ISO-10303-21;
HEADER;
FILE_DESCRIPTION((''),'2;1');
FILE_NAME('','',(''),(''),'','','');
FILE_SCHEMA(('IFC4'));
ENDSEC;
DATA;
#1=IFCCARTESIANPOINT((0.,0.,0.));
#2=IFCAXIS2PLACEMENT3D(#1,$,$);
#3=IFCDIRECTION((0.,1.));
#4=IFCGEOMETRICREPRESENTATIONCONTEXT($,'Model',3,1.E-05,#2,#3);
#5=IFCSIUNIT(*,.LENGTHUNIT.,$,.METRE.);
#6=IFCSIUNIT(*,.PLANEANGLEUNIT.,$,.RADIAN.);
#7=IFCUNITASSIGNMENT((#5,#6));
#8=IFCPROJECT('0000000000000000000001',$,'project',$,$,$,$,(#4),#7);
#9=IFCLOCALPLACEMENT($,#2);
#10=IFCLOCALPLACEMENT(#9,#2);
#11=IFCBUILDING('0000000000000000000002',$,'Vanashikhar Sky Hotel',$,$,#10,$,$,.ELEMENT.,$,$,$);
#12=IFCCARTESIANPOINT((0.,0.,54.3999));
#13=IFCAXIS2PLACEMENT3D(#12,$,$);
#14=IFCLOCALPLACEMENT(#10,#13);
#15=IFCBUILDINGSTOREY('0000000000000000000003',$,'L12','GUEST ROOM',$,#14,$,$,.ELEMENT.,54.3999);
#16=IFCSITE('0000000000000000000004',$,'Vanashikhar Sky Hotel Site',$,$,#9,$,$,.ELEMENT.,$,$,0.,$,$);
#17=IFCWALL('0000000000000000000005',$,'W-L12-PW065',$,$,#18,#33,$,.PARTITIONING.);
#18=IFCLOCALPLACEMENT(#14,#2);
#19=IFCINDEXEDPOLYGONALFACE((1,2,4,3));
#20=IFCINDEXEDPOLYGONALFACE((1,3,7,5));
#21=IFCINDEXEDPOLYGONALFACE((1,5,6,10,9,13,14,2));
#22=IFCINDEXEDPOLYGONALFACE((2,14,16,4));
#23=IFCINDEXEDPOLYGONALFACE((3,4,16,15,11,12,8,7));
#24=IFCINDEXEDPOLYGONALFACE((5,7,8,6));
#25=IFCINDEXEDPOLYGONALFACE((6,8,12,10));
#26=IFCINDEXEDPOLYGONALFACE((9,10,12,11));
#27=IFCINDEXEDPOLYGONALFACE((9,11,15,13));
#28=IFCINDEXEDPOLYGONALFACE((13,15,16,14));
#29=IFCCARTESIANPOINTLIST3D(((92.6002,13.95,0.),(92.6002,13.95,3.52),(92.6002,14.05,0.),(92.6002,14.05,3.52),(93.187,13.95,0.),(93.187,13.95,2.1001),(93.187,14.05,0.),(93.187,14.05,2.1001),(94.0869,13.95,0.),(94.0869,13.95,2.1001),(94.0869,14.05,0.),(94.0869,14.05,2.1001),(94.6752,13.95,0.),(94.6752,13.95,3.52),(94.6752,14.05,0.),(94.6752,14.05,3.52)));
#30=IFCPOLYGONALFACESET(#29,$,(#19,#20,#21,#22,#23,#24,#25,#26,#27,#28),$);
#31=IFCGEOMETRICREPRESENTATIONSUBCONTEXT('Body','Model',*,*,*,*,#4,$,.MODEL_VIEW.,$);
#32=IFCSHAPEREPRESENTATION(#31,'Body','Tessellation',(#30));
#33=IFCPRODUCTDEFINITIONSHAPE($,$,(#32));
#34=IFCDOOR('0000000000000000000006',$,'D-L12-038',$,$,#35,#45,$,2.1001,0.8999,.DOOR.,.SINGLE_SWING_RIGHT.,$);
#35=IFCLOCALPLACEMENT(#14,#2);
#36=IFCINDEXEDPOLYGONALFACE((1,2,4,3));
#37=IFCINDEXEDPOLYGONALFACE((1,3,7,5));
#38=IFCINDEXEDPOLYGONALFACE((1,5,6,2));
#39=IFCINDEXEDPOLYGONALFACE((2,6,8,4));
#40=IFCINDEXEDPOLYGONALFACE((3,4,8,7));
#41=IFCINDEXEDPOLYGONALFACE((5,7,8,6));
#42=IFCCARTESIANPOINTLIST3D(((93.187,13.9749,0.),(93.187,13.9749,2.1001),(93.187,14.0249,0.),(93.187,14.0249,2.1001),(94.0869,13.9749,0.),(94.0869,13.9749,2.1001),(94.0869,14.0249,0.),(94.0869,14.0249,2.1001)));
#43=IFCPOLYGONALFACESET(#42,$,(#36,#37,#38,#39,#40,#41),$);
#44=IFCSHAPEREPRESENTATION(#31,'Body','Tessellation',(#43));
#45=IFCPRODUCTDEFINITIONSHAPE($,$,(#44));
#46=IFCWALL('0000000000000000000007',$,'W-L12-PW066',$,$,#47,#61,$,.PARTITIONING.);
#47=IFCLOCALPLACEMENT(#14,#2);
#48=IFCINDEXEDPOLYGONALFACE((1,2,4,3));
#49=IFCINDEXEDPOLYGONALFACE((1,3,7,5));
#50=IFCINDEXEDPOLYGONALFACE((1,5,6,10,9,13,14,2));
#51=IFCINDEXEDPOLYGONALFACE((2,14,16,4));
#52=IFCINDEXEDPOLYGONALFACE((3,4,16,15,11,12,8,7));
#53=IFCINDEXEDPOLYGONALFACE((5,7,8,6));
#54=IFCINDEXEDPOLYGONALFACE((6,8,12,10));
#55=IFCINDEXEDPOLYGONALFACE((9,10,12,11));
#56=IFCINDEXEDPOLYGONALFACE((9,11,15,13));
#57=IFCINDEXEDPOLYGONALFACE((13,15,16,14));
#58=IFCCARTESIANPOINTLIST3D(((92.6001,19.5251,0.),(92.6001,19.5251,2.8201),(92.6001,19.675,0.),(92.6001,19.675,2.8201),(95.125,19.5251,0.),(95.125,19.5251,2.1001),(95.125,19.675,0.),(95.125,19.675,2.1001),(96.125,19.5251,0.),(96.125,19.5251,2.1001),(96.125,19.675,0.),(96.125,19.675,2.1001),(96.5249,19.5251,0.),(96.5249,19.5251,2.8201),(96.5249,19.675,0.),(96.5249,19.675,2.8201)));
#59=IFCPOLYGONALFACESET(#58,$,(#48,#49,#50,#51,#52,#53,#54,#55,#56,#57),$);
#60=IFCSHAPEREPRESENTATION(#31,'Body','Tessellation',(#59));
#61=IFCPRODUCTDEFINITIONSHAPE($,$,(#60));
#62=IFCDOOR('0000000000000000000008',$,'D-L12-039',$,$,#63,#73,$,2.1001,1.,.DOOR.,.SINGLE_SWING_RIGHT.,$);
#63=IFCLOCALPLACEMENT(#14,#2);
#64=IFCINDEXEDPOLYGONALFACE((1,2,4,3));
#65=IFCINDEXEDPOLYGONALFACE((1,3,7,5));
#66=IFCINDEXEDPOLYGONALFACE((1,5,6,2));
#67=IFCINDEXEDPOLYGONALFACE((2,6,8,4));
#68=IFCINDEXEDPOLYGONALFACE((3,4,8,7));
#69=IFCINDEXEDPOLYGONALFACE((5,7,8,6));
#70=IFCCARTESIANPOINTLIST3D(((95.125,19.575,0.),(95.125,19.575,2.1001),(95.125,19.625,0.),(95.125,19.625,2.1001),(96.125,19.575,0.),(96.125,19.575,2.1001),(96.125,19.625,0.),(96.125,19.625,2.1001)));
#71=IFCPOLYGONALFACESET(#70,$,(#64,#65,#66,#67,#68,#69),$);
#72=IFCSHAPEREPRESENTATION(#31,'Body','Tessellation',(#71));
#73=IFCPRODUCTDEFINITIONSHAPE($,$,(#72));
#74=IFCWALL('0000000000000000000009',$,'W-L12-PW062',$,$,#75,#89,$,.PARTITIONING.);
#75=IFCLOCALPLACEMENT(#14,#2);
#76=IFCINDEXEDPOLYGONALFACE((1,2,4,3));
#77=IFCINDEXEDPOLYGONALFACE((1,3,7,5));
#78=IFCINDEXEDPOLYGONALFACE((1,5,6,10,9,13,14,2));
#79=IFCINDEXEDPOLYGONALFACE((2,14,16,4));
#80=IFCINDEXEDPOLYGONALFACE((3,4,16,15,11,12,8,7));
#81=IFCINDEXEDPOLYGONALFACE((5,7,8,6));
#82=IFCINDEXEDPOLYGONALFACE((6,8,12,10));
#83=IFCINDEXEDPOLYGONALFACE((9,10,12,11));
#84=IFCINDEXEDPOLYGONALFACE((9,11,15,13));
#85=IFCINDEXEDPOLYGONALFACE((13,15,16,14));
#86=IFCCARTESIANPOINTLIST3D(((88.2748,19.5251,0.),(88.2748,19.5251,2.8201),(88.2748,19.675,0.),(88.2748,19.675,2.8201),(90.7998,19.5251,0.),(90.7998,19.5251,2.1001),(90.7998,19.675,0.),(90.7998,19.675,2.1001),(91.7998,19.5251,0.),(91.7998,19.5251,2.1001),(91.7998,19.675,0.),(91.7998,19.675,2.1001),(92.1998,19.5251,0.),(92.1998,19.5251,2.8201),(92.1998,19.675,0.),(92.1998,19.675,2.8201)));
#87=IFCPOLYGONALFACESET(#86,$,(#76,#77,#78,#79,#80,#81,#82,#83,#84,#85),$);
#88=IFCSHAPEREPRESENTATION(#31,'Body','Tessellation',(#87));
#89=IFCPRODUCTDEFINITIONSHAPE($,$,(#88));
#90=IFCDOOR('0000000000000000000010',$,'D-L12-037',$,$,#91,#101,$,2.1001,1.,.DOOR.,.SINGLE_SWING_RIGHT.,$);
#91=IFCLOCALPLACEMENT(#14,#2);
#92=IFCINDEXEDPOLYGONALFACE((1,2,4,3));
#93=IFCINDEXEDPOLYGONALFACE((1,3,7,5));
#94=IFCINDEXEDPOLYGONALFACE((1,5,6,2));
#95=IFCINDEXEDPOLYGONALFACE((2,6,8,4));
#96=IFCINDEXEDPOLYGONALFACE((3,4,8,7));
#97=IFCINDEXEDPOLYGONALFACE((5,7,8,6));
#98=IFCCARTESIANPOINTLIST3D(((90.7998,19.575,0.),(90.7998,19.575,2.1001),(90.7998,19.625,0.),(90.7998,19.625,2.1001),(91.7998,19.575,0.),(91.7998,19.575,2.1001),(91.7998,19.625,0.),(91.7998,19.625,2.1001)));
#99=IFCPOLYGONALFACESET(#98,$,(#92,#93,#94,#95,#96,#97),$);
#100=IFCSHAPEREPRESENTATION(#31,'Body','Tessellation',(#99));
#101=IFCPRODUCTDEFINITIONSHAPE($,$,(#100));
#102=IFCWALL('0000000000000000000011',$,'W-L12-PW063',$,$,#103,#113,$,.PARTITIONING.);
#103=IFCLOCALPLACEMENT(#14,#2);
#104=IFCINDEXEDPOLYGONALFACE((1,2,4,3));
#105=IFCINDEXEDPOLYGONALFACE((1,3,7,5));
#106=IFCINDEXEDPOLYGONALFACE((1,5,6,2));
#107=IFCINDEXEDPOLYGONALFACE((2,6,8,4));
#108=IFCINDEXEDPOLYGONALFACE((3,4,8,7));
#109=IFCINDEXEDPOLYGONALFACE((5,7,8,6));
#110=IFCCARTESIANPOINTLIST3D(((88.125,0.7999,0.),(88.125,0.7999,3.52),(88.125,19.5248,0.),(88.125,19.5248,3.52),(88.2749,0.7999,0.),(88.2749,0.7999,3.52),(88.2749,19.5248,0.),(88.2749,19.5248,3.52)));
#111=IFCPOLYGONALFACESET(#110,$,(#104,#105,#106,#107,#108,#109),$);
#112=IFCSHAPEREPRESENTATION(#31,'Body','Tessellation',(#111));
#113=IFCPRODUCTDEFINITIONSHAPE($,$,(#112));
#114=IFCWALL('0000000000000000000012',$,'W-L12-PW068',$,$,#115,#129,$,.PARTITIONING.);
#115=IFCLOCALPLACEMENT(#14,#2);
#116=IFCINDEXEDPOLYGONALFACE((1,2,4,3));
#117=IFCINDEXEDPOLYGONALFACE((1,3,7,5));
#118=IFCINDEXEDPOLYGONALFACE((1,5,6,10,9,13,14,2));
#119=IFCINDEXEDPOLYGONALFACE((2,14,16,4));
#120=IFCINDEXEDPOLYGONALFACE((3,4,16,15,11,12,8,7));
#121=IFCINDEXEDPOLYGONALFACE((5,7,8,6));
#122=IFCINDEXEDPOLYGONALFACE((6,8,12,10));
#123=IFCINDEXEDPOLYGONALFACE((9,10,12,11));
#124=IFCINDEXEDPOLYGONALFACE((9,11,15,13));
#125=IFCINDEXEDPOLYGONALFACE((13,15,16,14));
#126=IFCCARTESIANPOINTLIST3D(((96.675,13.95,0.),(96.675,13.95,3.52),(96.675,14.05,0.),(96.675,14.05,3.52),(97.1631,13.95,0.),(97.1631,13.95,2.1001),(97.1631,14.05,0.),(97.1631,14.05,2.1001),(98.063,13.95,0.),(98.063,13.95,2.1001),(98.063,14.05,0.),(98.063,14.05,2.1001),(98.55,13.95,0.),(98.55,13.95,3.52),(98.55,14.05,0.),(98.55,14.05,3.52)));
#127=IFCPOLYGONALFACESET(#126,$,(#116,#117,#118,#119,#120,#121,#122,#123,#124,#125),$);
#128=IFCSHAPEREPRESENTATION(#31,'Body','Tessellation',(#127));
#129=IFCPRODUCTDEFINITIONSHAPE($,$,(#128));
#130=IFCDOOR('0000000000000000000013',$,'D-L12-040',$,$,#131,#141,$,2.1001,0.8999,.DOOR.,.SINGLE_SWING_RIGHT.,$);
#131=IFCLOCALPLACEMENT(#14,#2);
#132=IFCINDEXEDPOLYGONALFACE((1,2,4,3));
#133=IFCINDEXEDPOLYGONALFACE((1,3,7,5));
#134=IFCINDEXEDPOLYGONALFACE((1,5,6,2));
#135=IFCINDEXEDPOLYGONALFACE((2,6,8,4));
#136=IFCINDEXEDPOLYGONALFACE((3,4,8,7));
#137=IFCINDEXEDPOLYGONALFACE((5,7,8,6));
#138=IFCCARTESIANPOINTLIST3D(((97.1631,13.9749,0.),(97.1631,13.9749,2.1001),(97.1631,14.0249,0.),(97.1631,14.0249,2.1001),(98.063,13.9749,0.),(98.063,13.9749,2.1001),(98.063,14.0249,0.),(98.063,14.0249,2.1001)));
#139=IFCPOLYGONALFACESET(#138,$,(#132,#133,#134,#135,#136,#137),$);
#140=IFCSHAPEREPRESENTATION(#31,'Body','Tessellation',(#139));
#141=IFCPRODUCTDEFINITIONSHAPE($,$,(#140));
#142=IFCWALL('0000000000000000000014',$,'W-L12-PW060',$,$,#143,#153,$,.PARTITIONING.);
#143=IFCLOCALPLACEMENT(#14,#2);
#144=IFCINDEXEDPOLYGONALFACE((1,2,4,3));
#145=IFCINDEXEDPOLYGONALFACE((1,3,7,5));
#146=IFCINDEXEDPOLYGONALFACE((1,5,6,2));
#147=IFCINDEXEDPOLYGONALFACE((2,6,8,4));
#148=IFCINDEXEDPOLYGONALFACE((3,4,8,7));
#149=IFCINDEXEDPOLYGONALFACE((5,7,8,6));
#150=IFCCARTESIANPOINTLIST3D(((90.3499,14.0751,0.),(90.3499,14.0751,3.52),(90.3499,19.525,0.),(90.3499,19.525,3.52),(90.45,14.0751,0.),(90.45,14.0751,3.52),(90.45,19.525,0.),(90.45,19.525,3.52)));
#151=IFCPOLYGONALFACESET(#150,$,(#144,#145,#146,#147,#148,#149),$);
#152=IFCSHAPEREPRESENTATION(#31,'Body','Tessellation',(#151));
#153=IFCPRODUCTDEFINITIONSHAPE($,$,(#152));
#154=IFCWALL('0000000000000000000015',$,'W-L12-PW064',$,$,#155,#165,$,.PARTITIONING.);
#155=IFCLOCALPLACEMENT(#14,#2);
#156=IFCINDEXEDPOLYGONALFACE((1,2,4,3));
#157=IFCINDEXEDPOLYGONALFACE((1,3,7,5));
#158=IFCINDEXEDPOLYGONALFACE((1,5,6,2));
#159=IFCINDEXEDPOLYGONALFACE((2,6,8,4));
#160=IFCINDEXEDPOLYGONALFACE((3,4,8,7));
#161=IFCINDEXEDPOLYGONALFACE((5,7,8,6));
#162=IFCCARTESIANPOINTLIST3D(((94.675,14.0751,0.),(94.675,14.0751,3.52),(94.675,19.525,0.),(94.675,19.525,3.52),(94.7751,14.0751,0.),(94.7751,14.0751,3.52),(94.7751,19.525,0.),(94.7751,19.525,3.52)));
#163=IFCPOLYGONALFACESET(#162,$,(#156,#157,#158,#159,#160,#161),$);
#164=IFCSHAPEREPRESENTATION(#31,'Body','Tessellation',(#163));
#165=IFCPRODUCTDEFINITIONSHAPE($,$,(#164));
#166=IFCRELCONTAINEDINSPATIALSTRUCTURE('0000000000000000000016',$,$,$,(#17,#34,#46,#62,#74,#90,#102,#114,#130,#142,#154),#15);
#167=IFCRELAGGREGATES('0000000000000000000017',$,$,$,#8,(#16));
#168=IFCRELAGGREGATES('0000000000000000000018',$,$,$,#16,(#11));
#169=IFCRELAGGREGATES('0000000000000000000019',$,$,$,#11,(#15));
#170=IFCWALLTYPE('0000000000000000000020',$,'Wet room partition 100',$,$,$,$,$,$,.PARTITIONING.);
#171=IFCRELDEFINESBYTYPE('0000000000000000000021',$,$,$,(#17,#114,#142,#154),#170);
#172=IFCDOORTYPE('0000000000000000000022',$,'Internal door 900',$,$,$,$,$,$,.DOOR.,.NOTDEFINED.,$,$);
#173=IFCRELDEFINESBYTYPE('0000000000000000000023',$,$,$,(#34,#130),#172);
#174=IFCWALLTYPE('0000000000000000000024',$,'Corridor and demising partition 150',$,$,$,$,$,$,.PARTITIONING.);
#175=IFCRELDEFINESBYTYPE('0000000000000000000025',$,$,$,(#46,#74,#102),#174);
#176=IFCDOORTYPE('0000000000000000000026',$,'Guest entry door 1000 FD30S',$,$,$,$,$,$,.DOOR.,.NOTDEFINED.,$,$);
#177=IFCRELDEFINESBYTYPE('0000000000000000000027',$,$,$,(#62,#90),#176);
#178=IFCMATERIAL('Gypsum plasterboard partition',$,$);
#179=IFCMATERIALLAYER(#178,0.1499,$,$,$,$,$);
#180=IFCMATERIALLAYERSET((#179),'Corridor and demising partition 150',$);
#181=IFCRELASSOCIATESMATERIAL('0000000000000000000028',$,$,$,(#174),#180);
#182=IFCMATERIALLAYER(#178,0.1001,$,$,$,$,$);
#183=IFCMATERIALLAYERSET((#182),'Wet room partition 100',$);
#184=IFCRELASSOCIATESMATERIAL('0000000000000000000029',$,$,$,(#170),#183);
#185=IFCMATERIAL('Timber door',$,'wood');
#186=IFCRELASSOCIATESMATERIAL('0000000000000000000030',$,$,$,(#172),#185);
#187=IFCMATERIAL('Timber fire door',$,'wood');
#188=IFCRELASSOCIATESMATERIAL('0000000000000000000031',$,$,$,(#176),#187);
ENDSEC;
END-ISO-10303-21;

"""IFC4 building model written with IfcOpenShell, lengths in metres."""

from ifc_helpers import new_model, si_unit, direction, frame, frame_2d, origin, place, context, subcontext, project, spatial, rectangle, extrude, source, transform, mapped, material, layer, layer_set, type_object, element, fill, save


model = new_model("IFC4")

# Units and contexts
model_context = context("Model", 3, precision=1e-05, world=origin(), true_north=direction((0.0, 1.0)))
body_context = subcontext(model_context, "Body", "Model", "MODEL_VIEW")
ifc_project = project(units=[si_unit("LENGTHUNIT", "METRE"), si_unit("PLANEANGLEUNIT", "RADIAN")], contexts=[model_context])

# Site, building, storey
site_placement = place(None, origin())
site = spatial("IfcSite", under=ifc_project, at=site_placement, Name="Vanashikhar Sky Hotel Site", CompositionType="ELEMENT", RefElevation=0.0)
building_placement = place(site_placement, origin())
building = spatial("IfcBuilding", under=site, at=building_placement, Name="Vanashikhar Sky Hotel", CompositionType="ELEMENT")
storey_placement = place(building_placement, frame((0.0, 0.0, 54.3999)))
storey = spatial("IfcBuildingStorey", under=building, at=storey_placement, Name="L12", Description="GUEST ROOM", CompositionType="ELEMENT", Elevation=54.3999)

# Shared definitions
ifc_material_1 = material(Name="Gypsum plasterboard partition")
ifc_layer_1 = layer(ifc_material_1, 0.1499)
ifc_layer_set_1 = layer_set([ifc_layer_1], Name="Corridor and demising partition 150")
wall_type_1 = type_object("IfcWallType", Name="Corridor and demising partition 150", PredefinedType="PARTITIONING", material=ifc_layer_set_1)

# Walls, openings, doors
ifc_layer_2 = layer(ifc_material_1, 0.1001)
ifc_layer_set_2 = layer_set([ifc_layer_2], Name="Wet room partition 100")
wall_type_2 = type_object("IfcWallType", Name="Wet room partition 100", PredefinedType="PARTITIONING", material=ifc_layer_set_2)
shared_shape_1 = source(origin(), body_context, "Body", "SweptSolid", [
    extrude(rectangle(XDim=2.075, YDim=0.1001, at=frame_2d((1.0376, 0.0))), origin(), (0.0, 0.0, 1.0), 3.52),
])
wall_1_placement = place(storey_placement, frame((92.6001, 14.0, 0.0), z_axis=(0.0, 0.0, 1.0), x_axis=(1.0, 0.0, 0.0)))
wall_1 = element("IfcWall", 1, at=wall_1_placement, inside=storey, type_object=wall_type_2, Name="W-L12-PW065", PredefinedType="PARTITIONING", context=body_context, shape_type="MappedRepresentation", body=[
    mapped(shared_shape_1, transform((0.0, 0.0, 0.0), scale=1.0)),
])
shared_shape_2 = source(origin(), body_context, "Body", "SweptSolid", [
    extrude(rectangle(XDim=0.8999, YDim=2.1001, at=frame_2d((0.45, 1.05))), frame((0.0, 0.0601, 0.0), z_axis=(0.0, -1.0, 0.0), x_axis=(1.0, 0.0, 0.0)), (0.0, 0.0, 1.0), 0.1201),
])
opening_1_placement = place(wall_1_placement, frame((0.5869, 0.0, 0.0)))
opening_1 = element("IfcOpeningElement", 2, at=opening_1_placement, cuts=wall_1, PredefinedType="OPENING", context=body_context, shape_type="MappedRepresentation", body=[
    mapped(shared_shape_2, transform((0.0, 0.0, 0.0), scale=1.0)),
])
ifc_material_2 = material(Name="Timber door", Category="wood")
door_type_1 = type_object("IfcDoorType", Name="Internal door 900", OperationType="NOTDEFINED", PredefinedType="DOOR", material=ifc_material_2)
shared_shape_3 = source(origin(), body_context, "Body", "SweptSolid", [
    extrude(rectangle(XDim=0.8999, YDim=2.1001, at=frame_2d((0.45, 1.05))), frame((0.0, 0.0249, 0.0), z_axis=(0.0, -1.0, 0.0), x_axis=(1.0, 0.0, 0.0)), (0.0, 0.0, 1.0), 0.05),
])
door_1_placement = place(opening_1_placement, origin())
door_1 = element("IfcDoor", 3, at=door_1_placement, inside=storey, type_object=door_type_1, Name="D-L12-038", OperationType="SINGLE_SWING_RIGHT", OverallHeight=2.1001, OverallWidth=0.8999, PredefinedType="DOOR", context=body_context, shape_type="MappedRepresentation", body=[
    mapped(shared_shape_3, transform((0.0, 0.0, 0.0), scale=1.0)),
])
fill(opening_1, door_1)
shared_shape_4 = source(origin(), body_context, "Body", "SweptSolid", [
    extrude(rectangle(XDim=3.9248, YDim=0.1499, at=frame_2d((1.9624, 0.0))), origin(), (0.0, 0.0, 1.0), 2.8201),
])
wall_2_placement = place(storey_placement, frame((92.6001, 19.6001, 0.0), z_axis=(0.0, 0.0, 1.0), x_axis=(1.0, 0.0, 0.0)))
wall_2 = element("IfcWall", 4, at=wall_2_placement, inside=storey, type_object=wall_type_1, Name="W-L12-PW066", PredefinedType="PARTITIONING", context=body_context, shape_type="MappedRepresentation", body=[
    mapped(shared_shape_4, transform((0.0, 0.0, 0.0), scale=1.0)),
])
shared_shape_5 = source(origin(), body_context, "Body", "SweptSolid", [
    extrude(rectangle(XDim=1.0, YDim=2.1001, at=frame_2d((0.5, 1.05))), frame((0.0, 0.085, 0.0), z_axis=(0.0, -1.0, 0.0), x_axis=(1.0, 0.0, 0.0)), (0.0, 0.0, 1.0), 0.1699),
])
opening_2_placement = place(wall_2_placement, frame((2.5249, 0.0, 0.0)))
opening_2 = element("IfcOpeningElement", 5, at=opening_2_placement, cuts=wall_2, PredefinedType="OPENING", context=body_context, shape_type="MappedRepresentation", body=[
    mapped(shared_shape_5, transform((0.0, 0.0, 0.0), scale=1.0)),
])
ifc_material_3 = material(Name="Timber fire door", Category="wood")
door_type_2 = type_object("IfcDoorType", Name="Guest entry door 1000 FD30S", OperationType="NOTDEFINED", PredefinedType="DOOR", material=ifc_material_3)
shared_shape_6 = source(origin(), body_context, "Body", "SweptSolid", [
    extrude(rectangle(XDim=1.0, YDim=2.1001, at=frame_2d((0.5, 1.05))), frame((0.0, 0.0249, 0.0), z_axis=(0.0, -1.0, 0.0), x_axis=(1.0, 0.0, 0.0)), (0.0, 0.0, 1.0), 0.05),
])
door_2_placement = place(opening_2_placement, origin())
door_2 = element("IfcDoor", 6, at=door_2_placement, inside=storey, type_object=door_type_2, Name="D-L12-039", OperationType="SINGLE_SWING_RIGHT", OverallHeight=2.1001, OverallWidth=1.0, PredefinedType="DOOR", context=body_context, shape_type="MappedRepresentation", body=[
    mapped(shared_shape_6, transform((0.0, 0.0, 0.0), scale=1.0)),
])
fill(opening_2, door_2)
shared_shape_7 = source(origin(), body_context, "Body", "SweptSolid", [
    extrude(rectangle(XDim=3.925, YDim=0.1499, at=frame_2d((1.9624, 0.0))), origin(), (0.0, 0.0, 1.0), 2.8201),
])
wall_3_placement = place(storey_placement, frame((88.2749, 19.6001, 0.0), z_axis=(0.0, 0.0, 1.0), x_axis=(1.0, 0.0, 0.0)))
wall_3 = element("IfcWall", 7, at=wall_3_placement, inside=storey, type_object=wall_type_1, Name="W-L12-PW062", PredefinedType="PARTITIONING", context=body_context, shape_type="MappedRepresentation", body=[
    mapped(shared_shape_7, transform((0.0, 0.0, 0.0), scale=1.0)),
])
opening_3_placement = place(wall_3_placement, frame((2.5249, 0.0, 0.0)))
opening_3 = element("IfcOpeningElement", 8, at=opening_3_placement, cuts=wall_3, PredefinedType="OPENING", context=body_context, shape_type="MappedRepresentation", body=[
    mapped(shared_shape_5, transform((0.0, 0.0, 0.0), scale=1.0)),
])
door_3_placement = place(opening_3_placement, origin())
door_3 = element("IfcDoor", 9, at=door_3_placement, inside=storey, type_object=door_type_2, Name="D-L12-037", OperationType="SINGLE_SWING_RIGHT", OverallHeight=2.1001, OverallWidth=1.0, PredefinedType="DOOR", context=body_context, shape_type="MappedRepresentation", body=[
    mapped(shared_shape_6, transform((0.0, 0.0, 0.0), scale=1.0)),
])
fill(opening_3, door_3)

# Wall
shared_shape_8 = source(origin(), body_context, "Body", "SweptSolid", [
    extrude(rectangle(XDim=18.7249, YDim=0.1499, at=frame_2d((9.3623, 0.0))), origin(), (0.0, 0.0, 1.0), 3.52),
])
wall_4_placement = place(storey_placement, frame((88.2, 0.8, 0.0), z_axis=(0.0, 0.0, 1.0), x_axis=(0.0, 1.0, 0.0)))
element("IfcWall", 10, at=wall_4_placement, inside=storey, type_object=wall_type_1, Name="W-L12-PW063", PredefinedType="PARTITIONING", context=body_context, shape_type="MappedRepresentation", body=[
    mapped(shared_shape_8, transform((0.0, 0.0, 0.0), scale=1.0)),
])

# Wall, opening, door
shared_shape_9 = source(origin(), body_context, "Body", "SweptSolid", [
    extrude(rectangle(XDim=1.875, YDim=0.1001, at=frame_2d((0.9375, 0.0))), origin(), (0.0, 0.0, 1.0), 3.52),
])
wall_5_placement = place(storey_placement, frame((96.675, 14.0, 0.0), z_axis=(0.0, 0.0, 1.0), x_axis=(1.0, 0.0, 0.0)))
wall_5 = element("IfcWall", 11, at=wall_5_placement, inside=storey, type_object=wall_type_2, Name="W-L12-PW068", PredefinedType="PARTITIONING", context=body_context, shape_type="MappedRepresentation", body=[
    mapped(shared_shape_9, transform((0.0, 0.0, 0.0), scale=1.0)),
])
opening_4_placement = place(wall_5_placement, frame((0.488, 0.0, 0.0)))
opening_4 = element("IfcOpeningElement", 12, at=opening_4_placement, cuts=wall_5, PredefinedType="OPENING", context=body_context, shape_type="MappedRepresentation", body=[
    mapped(shared_shape_2, transform((0.0, 0.0, 0.0), scale=1.0)),
])
door_4_placement = place(opening_4_placement, origin())
door_4 = element("IfcDoor", 13, at=door_4_placement, inside=storey, type_object=door_type_1, Name="D-L12-040", OperationType="SINGLE_SWING_RIGHT", OverallHeight=2.1001, OverallWidth=0.8999, PredefinedType="DOOR", context=body_context, shape_type="MappedRepresentation", body=[
    mapped(shared_shape_3, transform((0.0, 0.0, 0.0), scale=1.0)),
])
fill(opening_4, door_4)

# Walls
shared_shape_10 = source(origin(), body_context, "Body", "SweptSolid", [
    extrude(rectangle(XDim=5.45, YDim=0.1001, at=frame_2d((2.7251, 0.0))), origin(), (0.0, 0.0, 1.0), 3.52),
])
for number, where, z_axis, x_axis, name in (
    (14, (90.3999, 14.075, 0.0), (0.0, 0.0, 1.0), (0.0, 1.0, 0.0), "W-L12-PW060"),
    (15, (94.7251, 14.075, 0.0), (0.0, 0.0, 1.0), (0.0, 1.0, 0.0), "W-L12-PW064"),
):
    element("IfcWall", number, at=place(storey_placement, frame(where, z_axis=z_axis, x_axis=x_axis)), inside=storey, type_object=wall_type_2, Name=name, PredefinedType="PARTITIONING", context=body_context, shape_type="MappedRepresentation", body=[
        mapped(shared_shape_10, transform((0.0, 0.0, 0.0), scale=1.0)),
    ])

save(model, "model.ifc")
